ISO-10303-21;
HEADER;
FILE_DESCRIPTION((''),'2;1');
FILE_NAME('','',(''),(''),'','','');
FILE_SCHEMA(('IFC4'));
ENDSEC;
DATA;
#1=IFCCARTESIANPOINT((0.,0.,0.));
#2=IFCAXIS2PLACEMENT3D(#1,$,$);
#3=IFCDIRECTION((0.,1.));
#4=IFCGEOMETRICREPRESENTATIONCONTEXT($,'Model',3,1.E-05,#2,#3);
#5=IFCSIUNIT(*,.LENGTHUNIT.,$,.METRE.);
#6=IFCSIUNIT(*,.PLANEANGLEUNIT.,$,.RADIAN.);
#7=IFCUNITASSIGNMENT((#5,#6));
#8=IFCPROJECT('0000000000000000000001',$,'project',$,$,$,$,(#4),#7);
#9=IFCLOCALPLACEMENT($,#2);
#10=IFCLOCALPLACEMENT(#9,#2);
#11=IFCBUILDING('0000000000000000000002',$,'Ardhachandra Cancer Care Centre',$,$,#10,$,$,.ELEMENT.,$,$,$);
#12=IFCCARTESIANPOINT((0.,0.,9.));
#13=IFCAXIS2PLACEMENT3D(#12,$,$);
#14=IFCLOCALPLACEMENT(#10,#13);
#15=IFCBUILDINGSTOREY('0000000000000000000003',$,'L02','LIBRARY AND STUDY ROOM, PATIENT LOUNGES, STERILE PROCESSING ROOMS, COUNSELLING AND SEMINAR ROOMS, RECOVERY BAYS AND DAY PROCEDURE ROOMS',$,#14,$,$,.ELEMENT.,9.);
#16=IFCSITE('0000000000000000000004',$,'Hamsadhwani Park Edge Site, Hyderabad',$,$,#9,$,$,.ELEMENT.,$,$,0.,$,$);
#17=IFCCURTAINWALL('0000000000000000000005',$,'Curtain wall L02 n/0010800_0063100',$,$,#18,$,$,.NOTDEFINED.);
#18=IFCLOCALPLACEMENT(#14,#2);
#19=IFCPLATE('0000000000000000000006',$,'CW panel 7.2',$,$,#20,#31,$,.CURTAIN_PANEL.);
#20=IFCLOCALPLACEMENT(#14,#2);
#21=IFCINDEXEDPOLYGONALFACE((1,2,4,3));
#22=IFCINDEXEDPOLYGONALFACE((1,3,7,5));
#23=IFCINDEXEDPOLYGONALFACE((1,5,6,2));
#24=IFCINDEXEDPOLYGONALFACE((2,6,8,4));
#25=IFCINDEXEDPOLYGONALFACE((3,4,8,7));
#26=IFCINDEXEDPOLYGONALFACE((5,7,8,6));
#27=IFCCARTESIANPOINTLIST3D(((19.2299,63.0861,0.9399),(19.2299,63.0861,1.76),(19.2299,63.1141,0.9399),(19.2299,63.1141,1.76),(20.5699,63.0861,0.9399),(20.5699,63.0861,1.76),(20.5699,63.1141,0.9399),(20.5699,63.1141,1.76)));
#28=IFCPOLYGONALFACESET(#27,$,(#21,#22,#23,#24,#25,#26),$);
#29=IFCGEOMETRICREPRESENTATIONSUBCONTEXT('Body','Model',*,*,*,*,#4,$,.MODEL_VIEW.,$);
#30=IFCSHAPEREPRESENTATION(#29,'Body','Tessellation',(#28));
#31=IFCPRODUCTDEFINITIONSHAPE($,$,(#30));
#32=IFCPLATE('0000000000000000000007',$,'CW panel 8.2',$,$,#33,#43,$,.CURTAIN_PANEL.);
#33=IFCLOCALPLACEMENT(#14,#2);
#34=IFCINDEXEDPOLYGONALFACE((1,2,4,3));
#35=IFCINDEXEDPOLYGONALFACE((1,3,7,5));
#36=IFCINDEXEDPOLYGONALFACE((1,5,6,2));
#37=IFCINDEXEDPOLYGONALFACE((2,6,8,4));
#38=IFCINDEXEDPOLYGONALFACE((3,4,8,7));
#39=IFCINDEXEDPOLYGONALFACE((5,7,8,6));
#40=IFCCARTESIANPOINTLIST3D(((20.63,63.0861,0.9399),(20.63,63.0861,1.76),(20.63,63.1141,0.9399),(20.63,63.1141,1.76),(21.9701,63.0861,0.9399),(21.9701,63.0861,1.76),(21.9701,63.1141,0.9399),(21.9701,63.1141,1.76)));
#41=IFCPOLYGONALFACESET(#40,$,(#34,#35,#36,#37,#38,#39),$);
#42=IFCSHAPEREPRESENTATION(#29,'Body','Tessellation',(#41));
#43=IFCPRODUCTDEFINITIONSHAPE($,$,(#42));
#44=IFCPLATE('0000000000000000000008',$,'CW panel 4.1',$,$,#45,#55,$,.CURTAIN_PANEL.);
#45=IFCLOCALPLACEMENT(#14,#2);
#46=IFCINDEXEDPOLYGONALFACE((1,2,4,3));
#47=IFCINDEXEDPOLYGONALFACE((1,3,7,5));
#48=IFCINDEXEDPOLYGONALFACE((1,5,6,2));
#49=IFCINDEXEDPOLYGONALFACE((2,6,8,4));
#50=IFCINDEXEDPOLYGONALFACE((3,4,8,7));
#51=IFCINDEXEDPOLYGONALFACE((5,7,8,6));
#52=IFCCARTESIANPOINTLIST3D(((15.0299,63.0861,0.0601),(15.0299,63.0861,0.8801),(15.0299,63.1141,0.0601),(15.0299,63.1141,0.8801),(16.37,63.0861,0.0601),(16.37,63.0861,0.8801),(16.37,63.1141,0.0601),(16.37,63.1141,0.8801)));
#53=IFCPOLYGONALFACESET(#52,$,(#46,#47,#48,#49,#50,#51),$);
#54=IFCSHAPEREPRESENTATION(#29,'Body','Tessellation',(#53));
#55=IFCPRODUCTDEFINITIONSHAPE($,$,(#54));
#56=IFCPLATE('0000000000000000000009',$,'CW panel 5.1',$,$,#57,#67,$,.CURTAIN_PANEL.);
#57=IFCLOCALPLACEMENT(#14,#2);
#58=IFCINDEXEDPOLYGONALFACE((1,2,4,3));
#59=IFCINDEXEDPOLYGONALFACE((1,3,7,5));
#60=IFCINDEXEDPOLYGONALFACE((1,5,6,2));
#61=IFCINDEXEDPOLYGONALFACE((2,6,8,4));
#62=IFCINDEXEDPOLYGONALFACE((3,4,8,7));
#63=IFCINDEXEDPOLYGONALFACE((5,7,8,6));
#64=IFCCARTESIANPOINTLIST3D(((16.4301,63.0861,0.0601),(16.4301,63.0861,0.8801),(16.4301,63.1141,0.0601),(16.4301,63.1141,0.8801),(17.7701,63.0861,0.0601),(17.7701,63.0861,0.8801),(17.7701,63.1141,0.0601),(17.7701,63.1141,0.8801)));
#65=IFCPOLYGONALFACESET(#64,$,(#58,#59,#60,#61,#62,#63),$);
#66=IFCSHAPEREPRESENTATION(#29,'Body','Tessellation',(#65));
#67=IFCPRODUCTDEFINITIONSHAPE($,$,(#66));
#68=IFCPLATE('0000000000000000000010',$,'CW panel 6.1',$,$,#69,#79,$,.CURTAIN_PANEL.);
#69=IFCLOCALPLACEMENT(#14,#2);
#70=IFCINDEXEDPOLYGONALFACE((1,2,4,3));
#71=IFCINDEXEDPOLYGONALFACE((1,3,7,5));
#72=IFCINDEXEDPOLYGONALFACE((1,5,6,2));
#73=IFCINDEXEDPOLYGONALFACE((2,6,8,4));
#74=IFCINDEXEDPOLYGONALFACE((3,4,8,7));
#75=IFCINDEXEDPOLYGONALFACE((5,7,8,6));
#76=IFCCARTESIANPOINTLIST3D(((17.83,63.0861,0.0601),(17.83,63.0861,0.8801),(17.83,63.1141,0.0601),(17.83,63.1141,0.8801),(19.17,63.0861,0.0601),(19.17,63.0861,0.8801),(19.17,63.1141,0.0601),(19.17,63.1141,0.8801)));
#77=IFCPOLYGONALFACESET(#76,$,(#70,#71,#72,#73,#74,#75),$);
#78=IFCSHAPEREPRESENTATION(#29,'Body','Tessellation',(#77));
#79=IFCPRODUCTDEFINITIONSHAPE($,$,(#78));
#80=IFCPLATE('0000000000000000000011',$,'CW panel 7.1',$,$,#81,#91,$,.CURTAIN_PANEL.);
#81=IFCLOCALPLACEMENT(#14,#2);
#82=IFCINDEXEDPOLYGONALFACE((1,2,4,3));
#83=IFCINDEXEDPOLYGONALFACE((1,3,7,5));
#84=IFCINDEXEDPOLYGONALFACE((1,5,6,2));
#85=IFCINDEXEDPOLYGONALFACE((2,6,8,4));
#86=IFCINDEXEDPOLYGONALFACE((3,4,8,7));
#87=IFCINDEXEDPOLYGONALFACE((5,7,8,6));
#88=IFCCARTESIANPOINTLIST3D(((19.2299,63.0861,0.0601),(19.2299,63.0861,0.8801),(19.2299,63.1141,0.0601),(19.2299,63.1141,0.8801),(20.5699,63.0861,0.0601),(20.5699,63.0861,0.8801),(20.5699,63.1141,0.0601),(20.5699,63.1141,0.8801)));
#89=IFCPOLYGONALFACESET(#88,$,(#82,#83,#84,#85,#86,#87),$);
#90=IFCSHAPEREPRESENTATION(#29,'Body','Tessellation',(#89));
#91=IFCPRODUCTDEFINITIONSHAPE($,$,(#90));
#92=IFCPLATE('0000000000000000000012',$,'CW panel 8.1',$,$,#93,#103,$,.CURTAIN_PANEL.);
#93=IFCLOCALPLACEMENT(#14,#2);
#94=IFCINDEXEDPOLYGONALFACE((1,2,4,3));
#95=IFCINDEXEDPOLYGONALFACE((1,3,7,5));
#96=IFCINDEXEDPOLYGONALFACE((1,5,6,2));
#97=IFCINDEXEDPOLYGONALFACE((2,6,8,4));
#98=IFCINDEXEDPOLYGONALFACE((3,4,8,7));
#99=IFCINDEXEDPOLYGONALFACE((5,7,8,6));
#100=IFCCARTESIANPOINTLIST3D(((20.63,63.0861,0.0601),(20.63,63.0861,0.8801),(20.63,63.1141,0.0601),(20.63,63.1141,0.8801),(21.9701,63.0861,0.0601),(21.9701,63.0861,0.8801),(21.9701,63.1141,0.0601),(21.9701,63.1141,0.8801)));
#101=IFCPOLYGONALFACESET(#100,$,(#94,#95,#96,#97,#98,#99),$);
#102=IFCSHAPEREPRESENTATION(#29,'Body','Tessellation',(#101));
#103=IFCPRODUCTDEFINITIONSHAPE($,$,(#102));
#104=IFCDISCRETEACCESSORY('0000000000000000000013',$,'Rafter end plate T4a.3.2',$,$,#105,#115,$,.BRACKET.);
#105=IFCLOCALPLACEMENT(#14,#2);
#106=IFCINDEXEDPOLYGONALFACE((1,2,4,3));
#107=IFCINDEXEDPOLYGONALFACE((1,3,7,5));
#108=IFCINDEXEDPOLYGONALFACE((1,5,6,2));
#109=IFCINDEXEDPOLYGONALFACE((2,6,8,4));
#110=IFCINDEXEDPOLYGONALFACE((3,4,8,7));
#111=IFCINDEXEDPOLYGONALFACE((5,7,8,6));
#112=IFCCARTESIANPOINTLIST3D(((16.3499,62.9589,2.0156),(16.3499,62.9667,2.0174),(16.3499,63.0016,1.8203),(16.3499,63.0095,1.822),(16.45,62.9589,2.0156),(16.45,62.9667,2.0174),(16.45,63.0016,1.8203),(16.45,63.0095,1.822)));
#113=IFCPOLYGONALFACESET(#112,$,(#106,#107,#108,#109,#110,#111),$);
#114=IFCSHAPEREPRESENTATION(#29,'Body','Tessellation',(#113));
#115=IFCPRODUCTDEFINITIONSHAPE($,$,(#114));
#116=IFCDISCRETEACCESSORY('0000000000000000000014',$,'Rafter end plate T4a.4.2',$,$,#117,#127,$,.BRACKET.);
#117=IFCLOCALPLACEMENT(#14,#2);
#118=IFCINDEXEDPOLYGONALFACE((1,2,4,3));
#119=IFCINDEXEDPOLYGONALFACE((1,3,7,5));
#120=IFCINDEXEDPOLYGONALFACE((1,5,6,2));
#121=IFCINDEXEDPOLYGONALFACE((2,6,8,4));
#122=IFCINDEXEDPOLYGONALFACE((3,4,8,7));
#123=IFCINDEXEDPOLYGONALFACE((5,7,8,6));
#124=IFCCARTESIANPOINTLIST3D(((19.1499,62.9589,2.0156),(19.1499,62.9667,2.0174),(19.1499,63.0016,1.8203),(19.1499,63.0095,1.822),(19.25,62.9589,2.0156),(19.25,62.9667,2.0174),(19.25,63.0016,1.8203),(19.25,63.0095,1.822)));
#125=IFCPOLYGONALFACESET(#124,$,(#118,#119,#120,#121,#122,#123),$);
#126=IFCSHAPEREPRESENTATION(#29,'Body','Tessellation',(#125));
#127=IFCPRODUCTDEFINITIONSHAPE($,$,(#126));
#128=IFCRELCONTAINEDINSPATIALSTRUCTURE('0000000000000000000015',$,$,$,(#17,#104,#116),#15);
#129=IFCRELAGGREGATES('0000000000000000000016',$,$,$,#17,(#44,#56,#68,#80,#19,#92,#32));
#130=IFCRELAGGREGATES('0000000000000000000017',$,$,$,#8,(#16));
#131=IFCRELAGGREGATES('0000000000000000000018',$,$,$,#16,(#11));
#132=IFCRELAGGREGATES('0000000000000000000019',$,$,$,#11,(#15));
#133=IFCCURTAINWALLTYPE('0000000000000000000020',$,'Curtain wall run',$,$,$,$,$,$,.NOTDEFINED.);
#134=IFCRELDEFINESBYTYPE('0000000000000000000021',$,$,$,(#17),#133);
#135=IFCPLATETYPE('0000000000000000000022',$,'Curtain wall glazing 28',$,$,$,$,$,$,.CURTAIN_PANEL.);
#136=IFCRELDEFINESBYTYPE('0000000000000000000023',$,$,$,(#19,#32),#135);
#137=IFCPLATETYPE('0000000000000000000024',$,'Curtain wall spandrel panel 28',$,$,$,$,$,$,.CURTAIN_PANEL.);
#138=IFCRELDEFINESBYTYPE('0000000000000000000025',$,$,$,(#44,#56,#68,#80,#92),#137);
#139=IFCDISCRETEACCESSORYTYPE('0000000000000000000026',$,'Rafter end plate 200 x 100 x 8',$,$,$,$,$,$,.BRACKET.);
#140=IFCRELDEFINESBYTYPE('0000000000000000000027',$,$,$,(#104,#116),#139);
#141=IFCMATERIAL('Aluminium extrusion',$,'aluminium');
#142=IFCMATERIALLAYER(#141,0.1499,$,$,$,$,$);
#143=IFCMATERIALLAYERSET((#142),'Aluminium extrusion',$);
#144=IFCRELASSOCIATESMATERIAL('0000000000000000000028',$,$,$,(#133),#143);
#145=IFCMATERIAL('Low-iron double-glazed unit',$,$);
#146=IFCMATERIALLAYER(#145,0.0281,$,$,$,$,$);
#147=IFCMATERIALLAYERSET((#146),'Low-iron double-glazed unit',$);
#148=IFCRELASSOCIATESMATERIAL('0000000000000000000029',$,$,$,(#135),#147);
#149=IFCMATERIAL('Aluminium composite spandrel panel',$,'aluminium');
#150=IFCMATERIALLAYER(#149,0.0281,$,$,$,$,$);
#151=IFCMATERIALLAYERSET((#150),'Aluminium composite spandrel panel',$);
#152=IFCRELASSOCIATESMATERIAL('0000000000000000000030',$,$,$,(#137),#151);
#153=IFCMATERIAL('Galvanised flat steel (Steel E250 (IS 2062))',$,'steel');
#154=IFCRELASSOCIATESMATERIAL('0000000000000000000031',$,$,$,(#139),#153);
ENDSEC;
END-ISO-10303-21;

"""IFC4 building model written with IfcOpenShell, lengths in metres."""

from ifc_helpers import new_model, si_unit, direction, frame, origin, origin_2d, place, context, subcontext, project, spatial, rectangle, extrude, material, layer, layer_set, material_profile, profile_set, type_object, element, aggregate, save


model = new_model("IFC4")

# Units and contexts
model_context = context("Model", 3, precision=1e-05, world=origin(), true_north=direction((0.0, 1.0)))
body_context = subcontext(model_context, "Body", "Model", "MODEL_VIEW")
ifc_project = project(units=[si_unit("LENGTHUNIT", "METRE"), si_unit("PLANEANGLEUNIT", "RADIAN")], contexts=[model_context])

# Site, building, storey
site_placement = place(None, origin())
site = spatial("IfcSite", under=ifc_project, at=site_placement, Name="Hamsadhwani Park Edge Site, Hyderabad", CompositionType="ELEMENT", RefElevation=0.0)
building_placement = place(site_placement, origin())
building = spatial("IfcBuilding", under=site, at=building_placement, Name="Ardhachandra Cancer Care Centre", CompositionType="ELEMENT")
storey_placement = place(building_placement, frame((0.0, 0.0, 9.0)))
storey = spatial("IfcBuildingStorey", under=building, at=storey_placement, Name="L02", Description="LIBRARY AND STUDY ROOM, PATIENT LOUNGES, STERILE PROCESSING ROOMS, COUNSELLING AND SEMINAR ROOMS, RECOVERY BAYS AND DAY PROCEDURE ROOMS", CompositionType="ELEMENT", Elevation=9.0)

# Curtain wall
ifc_material_1 = material(Name="Aluminium extrusion", Category="aluminium")
ifc_layer_1 = layer(ifc_material_1, 0.1499)
ifc_layer_set_1 = layer_set([ifc_layer_1], Name="Aluminium extrusion")
curtain_wall_type = type_object("IfcCurtainWallType", Name="Curtain wall run", PredefinedType="NOTDEFINED", material=ifc_layer_set_1)
curtain_wall_placement = place(storey_placement, origin())
curtain_wall = element("IfcCurtainWall", 1, at=curtain_wall_placement, inside=storey, type_object=curtain_wall_type, Name="Curtain wall L02 n/0010800_0063100", PredefinedType="NOTDEFINED")

# Plates
ifc_material_2 = material(Name="Low-iron double-glazed unit")
ifc_layer_2 = layer(ifc_material_2, 0.0281)
ifc_layer_set_2 = layer_set([ifc_layer_2], Name="Low-iron double-glazed unit")
plate_type_1 = type_object("IfcPlateType", Name="Curtain wall glazing 28", PredefinedType="CURTAIN_PANEL", material=ifc_layer_set_2)
plate_1_placement = place(storey_placement, frame((19.8999, 63.1001, 0.9399), z_axis=(0.0, 0.0, 1.0), x_axis=(1.0, 0.0, 0.0)))
plate_1 = element("IfcPlate", 2, at=plate_1_placement, type_object=plate_type_1, Name="CW panel 7.2", PredefinedType="CURTAIN_PANEL", context=body_context, shape_type="SweptSolid", body=[
    extrude(rectangle(XDim=1.3401, YDim=0.0281, at=origin_2d()), origin(), (0.0, 0.0, 1.0), 0.8201),
])
plate_2_placement = place(storey_placement, frame((21.3, 63.1001, 0.9399), z_axis=(0.0, 0.0, 1.0), x_axis=(1.0, 0.0, 0.0)))
plate_2 = element("IfcPlate", 3, at=plate_2_placement, type_object=plate_type_1, Name="CW panel 8.2", PredefinedType="CURTAIN_PANEL", context=body_context, shape_type="SweptSolid", body=[
    extrude(rectangle(XDim=1.3401, YDim=0.0281, at=origin_2d()), origin(), (0.0, 0.0, 1.0), 0.8201),
])
ifc_material_3 = material(Name="Aluminium composite spandrel panel", Category="aluminium")
ifc_layer_3 = layer(ifc_material_3, 0.0281)
ifc_layer_set_3 = layer_set([ifc_layer_3], Name="Aluminium composite spandrel panel")
plate_type_2 = type_object("IfcPlateType", Name="Curtain wall spandrel panel 28", PredefinedType="CURTAIN_PANEL", material=ifc_layer_set_3)
plate_3_placement = place(storey_placement, frame((15.7, 63.1001, 0.0601), z_axis=(0.0, 0.0, 1.0), x_axis=(1.0, 0.0, 0.0)))
plate_3 = element("IfcPlate", 4, at=plate_3_placement, type_object=plate_type_2, Name="CW panel 4.1", PredefinedType="CURTAIN_PANEL", context=body_context, shape_type="SweptSolid", body=[
    extrude(rectangle(XDim=1.3401, YDim=0.0281, at=origin_2d()), origin(), (0.0, 0.0, 1.0), 0.8201),
])
plate_4_placement = place(storey_placement, frame((17.1001, 63.1001, 0.0601), z_axis=(0.0, 0.0, 1.0), x_axis=(1.0, 0.0, 0.0)))
plate_4 = element("IfcPlate", 5, at=plate_4_placement, type_object=plate_type_2, Name="CW panel 5.1", PredefinedType="CURTAIN_PANEL", context=body_context, shape_type="SweptSolid", body=[
    extrude(rectangle(XDim=1.3401, YDim=0.0281, at=origin_2d()), origin(), (0.0, 0.0, 1.0), 0.8201),
])
plate_5_placement = place(storey_placement, frame((18.5, 63.1001, 0.0601), z_axis=(0.0, 0.0, 1.0), x_axis=(1.0, 0.0, 0.0)))
plate_5 = element("IfcPlate", 6, at=plate_5_placement, type_object=plate_type_2, Name="CW panel 6.1", PredefinedType="CURTAIN_PANEL", context=body_context, shape_type="SweptSolid", body=[
    extrude(rectangle(XDim=1.3401, YDim=0.0281, at=origin_2d()), origin(), (0.0, 0.0, 1.0), 0.8201),
])
plate_6_placement = place(storey_placement, frame((19.8999, 63.1001, 0.0601), z_axis=(0.0, 0.0, 1.0), x_axis=(1.0, 0.0, 0.0)))
plate_6 = element("IfcPlate", 7, at=plate_6_placement, type_object=plate_type_2, Name="CW panel 7.1", PredefinedType="CURTAIN_PANEL", context=body_context, shape_type="SweptSolid", body=[
    extrude(rectangle(XDim=1.3401, YDim=0.0281, at=origin_2d()), origin(), (0.0, 0.0, 1.0), 0.8201),
])
plate_7_placement = place(storey_placement, frame((21.3, 63.1001, 0.0601), z_axis=(0.0, 0.0, 1.0), x_axis=(1.0, 0.0, 0.0)))
plate_7 = element("IfcPlate", 8, at=plate_7_placement, type_object=plate_type_2, Name="CW panel 8.1", PredefinedType="CURTAIN_PANEL", context=body_context, shape_type="SweptSolid", body=[
    extrude(rectangle(XDim=1.3401, YDim=0.0281, at=origin_2d()), origin(), (0.0, 0.0, 1.0), 0.8201),
])
aggregate(curtain_wall, [plate_3, plate_4, plate_5, plate_6, plate_1, plate_7, plate_2])

# Discrete accessories
ifc_material_4 = material(Name="Galvanised flat steel (Steel E250 (IS 2062))", Category="steel")
ifc_material_profile_1 = material_profile(ifc_material_4, rectangle(XDim=0.1001, YDim=0.2, at=origin_2d()), Name="Rafter end plate 200 x 100 x 8")
ifc_profile_set_1 = profile_set([ifc_material_profile_1], Name="Galvanised flat steel (Steel E250 (IS 2062))")
discrete_accessory_type = type_object("IfcDiscreteAccessoryType", Name="Rafter end plate 200 x 100 x 8", PredefinedType="BRACKET", material=ifc_profile_set_1)
for number, where, z_axis, x_axis, name in (
    (9, (16.3999, 62.9802, 1.918), (0.0, 0.9769, 0.213697), (-1.0, 0.0, 0.0), "Rafter end plate T4a.3.2"),
    (10, (19.2, 62.9802, 1.918), (0.0, 0.9769, 0.213697), (-1.0, 0.0, 0.0), "Rafter end plate T4a.4.2"),
):
    element("IfcDiscreteAccessory", number, at=place(storey_placement, frame(where, z_axis=z_axis, x_axis=x_axis)), inside=storey, type_object=discrete_accessory_type, Name=name, PredefinedType="BRACKET", context=body_context, shape_type="SweptSolid", body=[
        extrude(rectangle(XDim=0.1001, YDim=0.2, at=origin_2d()), origin(), (0.0, 0.0, 1.0), 0.0081),
    ])

save(model, "model.ifc")
